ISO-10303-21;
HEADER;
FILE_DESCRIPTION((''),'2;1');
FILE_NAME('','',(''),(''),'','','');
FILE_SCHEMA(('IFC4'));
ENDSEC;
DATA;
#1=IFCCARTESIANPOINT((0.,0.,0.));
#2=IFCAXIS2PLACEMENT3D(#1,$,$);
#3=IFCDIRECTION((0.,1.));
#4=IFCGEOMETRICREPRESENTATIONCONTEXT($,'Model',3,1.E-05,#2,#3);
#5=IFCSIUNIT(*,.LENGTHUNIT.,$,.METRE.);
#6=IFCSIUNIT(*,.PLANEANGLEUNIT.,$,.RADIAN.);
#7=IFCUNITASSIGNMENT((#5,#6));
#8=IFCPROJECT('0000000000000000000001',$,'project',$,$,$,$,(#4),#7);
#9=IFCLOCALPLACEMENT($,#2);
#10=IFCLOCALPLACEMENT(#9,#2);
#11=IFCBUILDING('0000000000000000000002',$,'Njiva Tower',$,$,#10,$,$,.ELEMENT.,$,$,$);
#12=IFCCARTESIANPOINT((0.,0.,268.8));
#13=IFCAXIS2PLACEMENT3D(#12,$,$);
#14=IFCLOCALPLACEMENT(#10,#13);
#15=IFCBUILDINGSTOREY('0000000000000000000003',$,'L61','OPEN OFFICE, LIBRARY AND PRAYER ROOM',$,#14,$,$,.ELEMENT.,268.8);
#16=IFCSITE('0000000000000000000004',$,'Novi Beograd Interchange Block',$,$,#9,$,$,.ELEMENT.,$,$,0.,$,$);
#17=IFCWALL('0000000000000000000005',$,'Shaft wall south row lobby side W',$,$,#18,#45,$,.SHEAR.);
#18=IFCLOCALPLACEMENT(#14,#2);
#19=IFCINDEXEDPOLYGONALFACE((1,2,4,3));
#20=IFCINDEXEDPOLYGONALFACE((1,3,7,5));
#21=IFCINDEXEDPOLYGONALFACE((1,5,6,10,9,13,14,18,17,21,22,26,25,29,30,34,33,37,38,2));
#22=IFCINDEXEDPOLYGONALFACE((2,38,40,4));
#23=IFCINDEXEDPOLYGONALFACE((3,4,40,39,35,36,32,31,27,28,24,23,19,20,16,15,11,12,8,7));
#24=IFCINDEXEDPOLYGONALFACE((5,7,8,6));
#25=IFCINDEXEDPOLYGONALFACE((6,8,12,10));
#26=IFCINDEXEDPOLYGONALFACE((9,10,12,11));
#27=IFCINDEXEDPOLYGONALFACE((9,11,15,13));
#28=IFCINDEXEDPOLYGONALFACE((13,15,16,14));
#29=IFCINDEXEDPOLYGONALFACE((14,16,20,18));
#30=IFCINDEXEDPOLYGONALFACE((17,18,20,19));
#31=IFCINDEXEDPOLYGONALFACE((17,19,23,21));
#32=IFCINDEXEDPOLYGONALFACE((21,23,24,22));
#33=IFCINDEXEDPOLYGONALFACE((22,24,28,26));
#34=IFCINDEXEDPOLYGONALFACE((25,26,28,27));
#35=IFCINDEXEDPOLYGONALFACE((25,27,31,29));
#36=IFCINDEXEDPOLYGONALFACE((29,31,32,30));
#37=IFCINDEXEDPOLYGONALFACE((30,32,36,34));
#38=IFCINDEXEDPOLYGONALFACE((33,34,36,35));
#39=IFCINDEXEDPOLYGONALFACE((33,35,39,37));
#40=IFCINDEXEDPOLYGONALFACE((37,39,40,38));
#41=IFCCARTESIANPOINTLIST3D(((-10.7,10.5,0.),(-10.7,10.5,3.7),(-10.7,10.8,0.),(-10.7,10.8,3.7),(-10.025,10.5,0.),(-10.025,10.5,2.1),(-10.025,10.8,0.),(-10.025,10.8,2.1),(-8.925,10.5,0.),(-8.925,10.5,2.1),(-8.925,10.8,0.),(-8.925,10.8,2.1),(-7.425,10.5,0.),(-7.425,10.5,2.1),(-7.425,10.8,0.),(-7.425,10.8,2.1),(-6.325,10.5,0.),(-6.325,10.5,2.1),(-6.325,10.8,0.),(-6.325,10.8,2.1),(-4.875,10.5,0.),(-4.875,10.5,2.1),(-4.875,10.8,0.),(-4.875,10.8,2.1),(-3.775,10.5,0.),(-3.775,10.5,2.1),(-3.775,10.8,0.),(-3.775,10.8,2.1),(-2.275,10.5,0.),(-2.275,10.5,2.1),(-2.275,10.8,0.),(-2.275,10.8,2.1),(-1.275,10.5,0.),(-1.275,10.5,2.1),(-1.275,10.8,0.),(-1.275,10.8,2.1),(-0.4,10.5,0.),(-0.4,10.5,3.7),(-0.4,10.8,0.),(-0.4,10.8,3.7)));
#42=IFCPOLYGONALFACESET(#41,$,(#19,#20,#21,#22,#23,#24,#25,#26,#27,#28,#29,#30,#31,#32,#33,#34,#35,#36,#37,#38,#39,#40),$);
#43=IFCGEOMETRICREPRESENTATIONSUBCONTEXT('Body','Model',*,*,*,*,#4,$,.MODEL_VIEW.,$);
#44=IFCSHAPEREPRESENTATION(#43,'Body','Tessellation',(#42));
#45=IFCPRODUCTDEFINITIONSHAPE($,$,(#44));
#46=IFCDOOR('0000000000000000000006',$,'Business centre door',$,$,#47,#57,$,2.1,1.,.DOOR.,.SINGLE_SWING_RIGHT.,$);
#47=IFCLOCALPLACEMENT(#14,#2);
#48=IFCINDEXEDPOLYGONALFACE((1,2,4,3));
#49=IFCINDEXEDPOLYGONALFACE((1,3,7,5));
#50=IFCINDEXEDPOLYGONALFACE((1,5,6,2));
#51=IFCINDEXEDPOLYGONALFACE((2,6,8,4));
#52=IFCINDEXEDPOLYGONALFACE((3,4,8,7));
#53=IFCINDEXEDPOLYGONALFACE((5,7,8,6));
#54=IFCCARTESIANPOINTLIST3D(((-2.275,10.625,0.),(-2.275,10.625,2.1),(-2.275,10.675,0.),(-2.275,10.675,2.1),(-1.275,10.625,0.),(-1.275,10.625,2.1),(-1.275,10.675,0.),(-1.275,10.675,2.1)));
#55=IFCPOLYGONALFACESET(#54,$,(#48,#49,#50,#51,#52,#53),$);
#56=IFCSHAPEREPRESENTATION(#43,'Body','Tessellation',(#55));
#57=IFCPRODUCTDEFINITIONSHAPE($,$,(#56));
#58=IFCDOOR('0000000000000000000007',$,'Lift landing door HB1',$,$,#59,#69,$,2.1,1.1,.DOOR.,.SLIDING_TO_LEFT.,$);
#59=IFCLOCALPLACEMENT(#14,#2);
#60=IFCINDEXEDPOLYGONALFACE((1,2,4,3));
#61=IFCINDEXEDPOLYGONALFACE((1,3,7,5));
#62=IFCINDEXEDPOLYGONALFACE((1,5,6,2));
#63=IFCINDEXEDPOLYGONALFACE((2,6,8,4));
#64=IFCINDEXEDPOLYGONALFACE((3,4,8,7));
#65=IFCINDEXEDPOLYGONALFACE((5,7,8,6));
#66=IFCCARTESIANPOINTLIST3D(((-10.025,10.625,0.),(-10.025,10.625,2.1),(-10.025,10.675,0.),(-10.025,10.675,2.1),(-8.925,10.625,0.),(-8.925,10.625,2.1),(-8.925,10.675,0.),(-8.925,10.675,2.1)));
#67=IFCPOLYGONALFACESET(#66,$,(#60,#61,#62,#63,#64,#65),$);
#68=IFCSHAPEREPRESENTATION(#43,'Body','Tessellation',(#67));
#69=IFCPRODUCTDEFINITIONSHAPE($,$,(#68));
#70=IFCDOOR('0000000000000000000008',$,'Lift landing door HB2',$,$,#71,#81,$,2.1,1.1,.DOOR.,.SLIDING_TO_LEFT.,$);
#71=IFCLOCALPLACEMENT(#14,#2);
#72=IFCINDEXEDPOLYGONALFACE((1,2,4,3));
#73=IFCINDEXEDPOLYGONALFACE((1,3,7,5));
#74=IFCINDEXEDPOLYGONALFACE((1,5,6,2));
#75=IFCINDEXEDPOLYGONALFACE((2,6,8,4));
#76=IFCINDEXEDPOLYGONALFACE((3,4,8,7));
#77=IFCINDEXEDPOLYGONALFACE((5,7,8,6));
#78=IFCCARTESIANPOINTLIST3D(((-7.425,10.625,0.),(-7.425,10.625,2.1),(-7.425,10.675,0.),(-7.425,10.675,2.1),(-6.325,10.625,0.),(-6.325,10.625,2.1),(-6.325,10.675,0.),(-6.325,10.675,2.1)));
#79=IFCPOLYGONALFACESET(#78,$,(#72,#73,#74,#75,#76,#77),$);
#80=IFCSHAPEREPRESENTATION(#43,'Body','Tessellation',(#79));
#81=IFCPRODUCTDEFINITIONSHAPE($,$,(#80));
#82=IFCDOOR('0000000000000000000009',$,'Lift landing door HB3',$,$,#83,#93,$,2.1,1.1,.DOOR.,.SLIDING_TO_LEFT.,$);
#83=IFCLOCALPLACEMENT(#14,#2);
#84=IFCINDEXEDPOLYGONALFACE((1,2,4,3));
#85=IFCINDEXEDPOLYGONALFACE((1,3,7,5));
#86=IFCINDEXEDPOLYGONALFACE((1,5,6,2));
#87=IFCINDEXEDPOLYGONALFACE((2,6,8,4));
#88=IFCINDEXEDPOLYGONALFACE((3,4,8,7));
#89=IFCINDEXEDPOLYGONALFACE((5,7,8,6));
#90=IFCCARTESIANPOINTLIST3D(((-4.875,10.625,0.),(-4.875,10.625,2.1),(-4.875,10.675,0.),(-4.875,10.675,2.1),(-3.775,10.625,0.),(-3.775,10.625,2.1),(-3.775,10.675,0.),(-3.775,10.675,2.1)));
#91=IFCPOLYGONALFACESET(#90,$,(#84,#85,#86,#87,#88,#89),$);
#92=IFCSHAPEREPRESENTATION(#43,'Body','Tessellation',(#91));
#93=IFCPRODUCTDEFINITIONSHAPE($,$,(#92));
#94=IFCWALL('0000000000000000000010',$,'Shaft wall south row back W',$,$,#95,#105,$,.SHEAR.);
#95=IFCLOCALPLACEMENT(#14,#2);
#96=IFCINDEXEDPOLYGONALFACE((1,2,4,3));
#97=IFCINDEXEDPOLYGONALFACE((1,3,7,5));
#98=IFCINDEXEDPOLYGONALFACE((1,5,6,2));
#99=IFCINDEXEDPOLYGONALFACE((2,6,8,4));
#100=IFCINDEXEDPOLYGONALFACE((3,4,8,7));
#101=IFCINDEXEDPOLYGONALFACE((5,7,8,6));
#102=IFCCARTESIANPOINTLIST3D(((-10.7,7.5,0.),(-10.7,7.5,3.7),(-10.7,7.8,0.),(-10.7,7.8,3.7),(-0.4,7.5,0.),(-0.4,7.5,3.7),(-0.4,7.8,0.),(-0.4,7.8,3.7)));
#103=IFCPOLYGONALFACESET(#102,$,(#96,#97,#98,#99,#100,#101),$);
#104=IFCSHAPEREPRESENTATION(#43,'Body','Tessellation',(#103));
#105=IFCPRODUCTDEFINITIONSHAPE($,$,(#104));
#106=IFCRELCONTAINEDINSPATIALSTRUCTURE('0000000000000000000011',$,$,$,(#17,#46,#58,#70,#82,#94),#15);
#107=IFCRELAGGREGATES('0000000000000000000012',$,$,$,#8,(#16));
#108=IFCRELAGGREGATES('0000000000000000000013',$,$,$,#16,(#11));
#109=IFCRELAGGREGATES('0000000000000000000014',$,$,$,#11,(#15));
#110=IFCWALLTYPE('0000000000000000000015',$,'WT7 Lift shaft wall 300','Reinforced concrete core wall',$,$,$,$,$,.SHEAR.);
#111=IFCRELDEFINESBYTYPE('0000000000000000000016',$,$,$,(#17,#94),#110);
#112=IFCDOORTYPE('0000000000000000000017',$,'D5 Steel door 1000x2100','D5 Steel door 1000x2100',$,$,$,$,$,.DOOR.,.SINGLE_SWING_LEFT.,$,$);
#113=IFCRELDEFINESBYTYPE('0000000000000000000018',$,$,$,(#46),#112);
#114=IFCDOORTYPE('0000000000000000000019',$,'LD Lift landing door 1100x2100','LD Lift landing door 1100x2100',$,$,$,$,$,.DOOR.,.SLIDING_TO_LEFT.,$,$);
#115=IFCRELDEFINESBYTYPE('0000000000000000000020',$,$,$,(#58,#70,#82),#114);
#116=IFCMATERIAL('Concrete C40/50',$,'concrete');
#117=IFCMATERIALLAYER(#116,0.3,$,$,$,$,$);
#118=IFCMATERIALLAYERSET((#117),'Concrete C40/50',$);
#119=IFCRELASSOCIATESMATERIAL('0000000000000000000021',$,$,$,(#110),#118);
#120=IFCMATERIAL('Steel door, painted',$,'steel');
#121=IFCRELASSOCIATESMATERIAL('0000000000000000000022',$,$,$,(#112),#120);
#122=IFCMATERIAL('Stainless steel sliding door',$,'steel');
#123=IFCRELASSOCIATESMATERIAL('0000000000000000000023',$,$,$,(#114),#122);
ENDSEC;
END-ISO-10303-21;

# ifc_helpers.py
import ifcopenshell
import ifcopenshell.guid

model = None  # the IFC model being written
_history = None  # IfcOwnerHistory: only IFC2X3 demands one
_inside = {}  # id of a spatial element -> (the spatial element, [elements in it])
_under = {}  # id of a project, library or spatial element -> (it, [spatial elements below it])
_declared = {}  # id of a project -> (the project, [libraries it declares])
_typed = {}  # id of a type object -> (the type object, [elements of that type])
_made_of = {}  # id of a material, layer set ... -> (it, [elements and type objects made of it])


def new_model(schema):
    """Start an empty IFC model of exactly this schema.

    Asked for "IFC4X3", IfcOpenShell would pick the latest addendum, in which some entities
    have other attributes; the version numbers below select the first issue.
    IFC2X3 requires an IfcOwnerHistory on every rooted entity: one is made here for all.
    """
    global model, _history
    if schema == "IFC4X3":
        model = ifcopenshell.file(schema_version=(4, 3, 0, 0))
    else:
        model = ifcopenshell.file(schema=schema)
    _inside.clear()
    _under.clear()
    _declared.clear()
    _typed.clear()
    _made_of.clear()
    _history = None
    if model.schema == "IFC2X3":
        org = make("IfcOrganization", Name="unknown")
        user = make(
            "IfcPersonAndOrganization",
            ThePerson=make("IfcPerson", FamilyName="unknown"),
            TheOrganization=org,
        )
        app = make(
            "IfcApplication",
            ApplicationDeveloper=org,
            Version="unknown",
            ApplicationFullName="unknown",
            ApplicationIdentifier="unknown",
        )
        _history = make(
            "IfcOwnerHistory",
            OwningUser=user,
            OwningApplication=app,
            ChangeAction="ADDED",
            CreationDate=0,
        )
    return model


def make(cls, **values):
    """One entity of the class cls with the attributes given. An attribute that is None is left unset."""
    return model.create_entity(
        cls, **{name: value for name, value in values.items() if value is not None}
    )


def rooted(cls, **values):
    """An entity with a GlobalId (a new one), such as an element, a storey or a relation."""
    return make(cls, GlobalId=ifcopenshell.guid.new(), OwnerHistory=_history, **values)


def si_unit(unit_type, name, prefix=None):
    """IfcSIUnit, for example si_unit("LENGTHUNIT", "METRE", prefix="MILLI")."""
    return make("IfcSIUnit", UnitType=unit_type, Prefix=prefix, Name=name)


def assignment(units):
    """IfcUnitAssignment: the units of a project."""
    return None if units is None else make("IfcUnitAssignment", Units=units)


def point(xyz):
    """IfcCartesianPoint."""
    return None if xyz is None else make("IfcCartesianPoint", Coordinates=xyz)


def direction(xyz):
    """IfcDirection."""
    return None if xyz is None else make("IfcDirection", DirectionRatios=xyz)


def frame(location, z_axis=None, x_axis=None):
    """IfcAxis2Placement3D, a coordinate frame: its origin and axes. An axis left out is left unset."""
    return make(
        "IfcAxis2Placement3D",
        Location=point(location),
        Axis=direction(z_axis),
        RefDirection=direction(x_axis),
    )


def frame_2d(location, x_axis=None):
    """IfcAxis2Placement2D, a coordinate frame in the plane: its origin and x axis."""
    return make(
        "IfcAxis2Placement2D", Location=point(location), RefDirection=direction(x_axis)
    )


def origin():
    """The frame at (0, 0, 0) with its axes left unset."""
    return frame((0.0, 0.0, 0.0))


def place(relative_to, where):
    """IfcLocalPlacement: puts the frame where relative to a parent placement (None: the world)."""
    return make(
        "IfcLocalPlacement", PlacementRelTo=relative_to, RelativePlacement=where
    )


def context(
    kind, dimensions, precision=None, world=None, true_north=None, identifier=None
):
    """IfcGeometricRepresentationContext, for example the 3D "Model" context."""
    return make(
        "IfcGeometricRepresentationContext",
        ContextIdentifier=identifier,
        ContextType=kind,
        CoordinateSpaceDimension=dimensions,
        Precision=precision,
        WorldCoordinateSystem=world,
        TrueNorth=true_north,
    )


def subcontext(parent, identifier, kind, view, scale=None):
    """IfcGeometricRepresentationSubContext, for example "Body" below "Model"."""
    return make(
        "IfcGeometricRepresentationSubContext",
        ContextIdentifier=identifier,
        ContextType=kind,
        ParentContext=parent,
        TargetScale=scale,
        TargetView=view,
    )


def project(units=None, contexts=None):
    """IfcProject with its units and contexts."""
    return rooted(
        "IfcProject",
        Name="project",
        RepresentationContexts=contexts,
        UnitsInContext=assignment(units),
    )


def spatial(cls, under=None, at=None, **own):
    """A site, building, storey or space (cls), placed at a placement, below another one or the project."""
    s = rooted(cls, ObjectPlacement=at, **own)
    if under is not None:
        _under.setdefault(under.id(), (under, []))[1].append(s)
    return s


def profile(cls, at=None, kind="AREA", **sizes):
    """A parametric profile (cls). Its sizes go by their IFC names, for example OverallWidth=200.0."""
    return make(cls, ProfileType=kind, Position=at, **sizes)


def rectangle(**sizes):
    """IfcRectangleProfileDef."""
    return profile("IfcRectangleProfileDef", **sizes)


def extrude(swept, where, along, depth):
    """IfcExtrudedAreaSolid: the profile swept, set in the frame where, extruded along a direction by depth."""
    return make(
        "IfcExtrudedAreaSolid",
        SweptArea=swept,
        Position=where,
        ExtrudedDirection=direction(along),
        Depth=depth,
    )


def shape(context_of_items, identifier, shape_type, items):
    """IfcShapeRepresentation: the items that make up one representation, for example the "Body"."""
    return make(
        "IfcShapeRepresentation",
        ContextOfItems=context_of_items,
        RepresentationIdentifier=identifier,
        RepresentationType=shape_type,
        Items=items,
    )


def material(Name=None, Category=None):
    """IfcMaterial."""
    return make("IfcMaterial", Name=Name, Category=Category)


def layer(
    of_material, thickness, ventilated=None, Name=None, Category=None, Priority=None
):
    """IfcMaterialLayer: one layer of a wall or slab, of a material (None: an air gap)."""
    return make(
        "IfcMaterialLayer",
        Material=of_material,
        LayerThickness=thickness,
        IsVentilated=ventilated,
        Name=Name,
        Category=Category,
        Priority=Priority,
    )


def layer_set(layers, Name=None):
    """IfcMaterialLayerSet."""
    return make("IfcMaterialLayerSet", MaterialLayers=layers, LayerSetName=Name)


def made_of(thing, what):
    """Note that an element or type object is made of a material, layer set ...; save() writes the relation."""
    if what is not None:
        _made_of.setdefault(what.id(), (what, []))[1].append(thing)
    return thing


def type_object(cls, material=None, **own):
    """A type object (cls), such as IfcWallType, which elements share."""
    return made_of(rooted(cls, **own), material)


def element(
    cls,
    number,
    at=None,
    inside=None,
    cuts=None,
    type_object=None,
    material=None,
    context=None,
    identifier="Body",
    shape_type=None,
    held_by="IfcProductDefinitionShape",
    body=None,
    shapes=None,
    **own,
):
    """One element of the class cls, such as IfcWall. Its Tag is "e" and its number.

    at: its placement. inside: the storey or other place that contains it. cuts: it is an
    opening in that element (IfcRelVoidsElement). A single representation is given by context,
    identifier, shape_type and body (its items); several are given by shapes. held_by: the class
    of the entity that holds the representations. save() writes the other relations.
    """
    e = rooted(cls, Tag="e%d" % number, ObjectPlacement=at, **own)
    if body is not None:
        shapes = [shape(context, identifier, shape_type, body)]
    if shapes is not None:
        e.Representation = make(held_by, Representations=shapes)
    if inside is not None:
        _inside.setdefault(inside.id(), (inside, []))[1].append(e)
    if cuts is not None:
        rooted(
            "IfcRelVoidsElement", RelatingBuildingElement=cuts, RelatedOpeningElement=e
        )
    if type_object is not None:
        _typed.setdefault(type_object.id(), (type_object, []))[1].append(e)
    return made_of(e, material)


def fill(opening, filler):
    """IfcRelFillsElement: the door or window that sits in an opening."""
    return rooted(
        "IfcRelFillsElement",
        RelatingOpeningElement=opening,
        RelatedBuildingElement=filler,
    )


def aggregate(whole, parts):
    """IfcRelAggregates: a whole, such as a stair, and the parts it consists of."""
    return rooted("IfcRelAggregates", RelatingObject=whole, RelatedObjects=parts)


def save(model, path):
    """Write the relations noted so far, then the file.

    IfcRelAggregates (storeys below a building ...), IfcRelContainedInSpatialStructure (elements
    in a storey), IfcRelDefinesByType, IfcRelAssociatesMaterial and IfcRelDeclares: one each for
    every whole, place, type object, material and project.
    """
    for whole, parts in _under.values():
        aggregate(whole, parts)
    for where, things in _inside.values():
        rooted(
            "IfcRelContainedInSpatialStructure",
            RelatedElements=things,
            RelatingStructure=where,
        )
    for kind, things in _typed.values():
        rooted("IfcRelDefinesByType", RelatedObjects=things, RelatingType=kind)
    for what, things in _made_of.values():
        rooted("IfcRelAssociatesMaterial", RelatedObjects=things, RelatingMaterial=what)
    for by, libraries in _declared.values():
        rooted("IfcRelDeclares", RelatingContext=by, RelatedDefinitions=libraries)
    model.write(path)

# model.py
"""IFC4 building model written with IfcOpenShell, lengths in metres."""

from ifc_helpers import new_model, si_unit, direction, frame, frame_2d, origin, place, context, subcontext, project, spatial, rectangle, extrude, material, layer, layer_set, type_object, element, fill, save


model = new_model("IFC4")

# Units and contexts
model_context = context("Model", 3, precision=1e-05, world=origin(), true_north=direction((0.0, 1.0)))
body_context = subcontext(model_context, "Body", "Model", "MODEL_VIEW")
ifc_project = project(units=[si_unit("LENGTHUNIT", "METRE"), si_unit("PLANEANGLEUNIT", "RADIAN")], contexts=[model_context])

# Site, building, storey
site_placement = place(None, origin())
site = spatial("IfcSite", under=ifc_project, at=site_placement, Name="Novi Beograd Interchange Block", CompositionType="ELEMENT", RefElevation=0.0)
building_placement = place(site_placement, origin())
building = spatial("IfcBuilding", under=site, at=building_placement, Name="Njiva Tower", CompositionType="ELEMENT")
storey_placement = place(building_placement, frame((0.0, 0.0, 268.8)))
storey = spatial("IfcBuildingStorey", under=building, at=storey_placement, Name="L61", Description="OPEN OFFICE, LIBRARY AND PRAYER ROOM", CompositionType="ELEMENT", Elevation=268.8)

# Shared definitions
ifc_material_1 = material(Name="Concrete C40/50", Category="concrete")
ifc_material_2 = material(Name="Steel door, painted", Category="steel")

# Wall, openings, doors
ifc_layer_1 = layer(ifc_material_1, 0.3)
ifc_layer_set_1 = layer_set([ifc_layer_1], Name="Concrete C40/50")
wall_type_1 = type_object("IfcWallType", Name="WT7 Lift shaft wall 300", Description="Reinforced concrete core wall", PredefinedType="SHEAR", material=ifc_layer_set_1)
wall_1_placement = place(storey_placement, frame((-10.7, 10.65, 0.0), z_axis=(0.0, 0.0, 1.0), x_axis=(1.0, 0.0, 0.0)))
wall_1 = element("IfcWall", 1, at=wall_1_placement, inside=storey, type_object=wall_type_1, Name="Shaft wall south row lobby side W", PredefinedType="SHEAR", context=body_context, shape_type="SweptSolid", body=[
    extrude(rectangle(XDim=10.3, YDim=0.3, at=frame_2d((5.15, 0.0))), origin(), (0.0, 0.0, 1.0), 3.7),
])
opening_1_placement = place(wall_1_placement, frame((0.675, 0.0, 0.0)))
opening_1 = element("IfcOpeningElement", 2, at=opening_1_placement, cuts=wall_1, PredefinedType="OPENING", context=body_context, shape_type="SweptSolid", body=[
    extrude(rectangle(XDim=1.1, YDim=2.1, at=frame_2d((0.55, 1.05))), frame((0.0, 0.16, 0.0), z_axis=(0.0, -1.0, 0.0), x_axis=(1.0, 0.0, 0.0)), (0.0, 0.0, 1.0), 0.32),
])
opening_2_placement = place(wall_1_placement, frame((3.275, 0.0, 0.0)))
opening_2 = element("IfcOpeningElement", 3, at=opening_2_placement, cuts=wall_1, PredefinedType="OPENING", context=body_context, shape_type="SweptSolid", body=[
    extrude(rectangle(XDim=1.1, YDim=2.1, at=frame_2d((0.55, 1.05))), frame((0.0, 0.16, 0.0), z_axis=(0.0, -1.0, 0.0), x_axis=(1.0, 0.0, 0.0)), (0.0, 0.0, 1.0), 0.32),
])
opening_3_placement = place(wall_1_placement, frame((5.825, 0.0, 0.0)))
opening_3 = element("IfcOpeningElement", 4, at=opening_3_placement, cuts=wall_1, PredefinedType="OPENING", context=body_context, shape_type="SweptSolid", body=[
    extrude(rectangle(XDim=1.1, YDim=2.1, at=frame_2d((0.55, 1.05))), frame((0.0, 0.16, 0.0), z_axis=(0.0, -1.0, 0.0), x_axis=(1.0, 0.0, 0.0)), (0.0, 0.0, 1.0), 0.32),
])
opening_4_placement = place(wall_1_placement, frame((8.425, 0.0, 0.0)))
opening_4 = element("IfcOpeningElement", 5, at=opening_4_placement, cuts=wall_1, PredefinedType="OPENING", context=body_context, shape_type="SweptSolid", body=[
    extrude(rectangle(XDim=1.0, YDim=2.1, at=frame_2d((0.5, 1.05))), frame((0.0, 0.16, 0.0), z_axis=(0.0, -1.0, 0.0), x_axis=(1.0, 0.0, 0.0)), (0.0, 0.0, 1.0), 0.32),
])
door_type_1 = type_object("IfcDoorType", Name="D5 Steel door 1000x2100", Description="D5 Steel door 1000x2100", OperationType="SINGLE_SWING_LEFT", PredefinedType="DOOR", material=ifc_material_2)
door_1_placement = place(opening_4_placement, origin())
door_1 = element("IfcDoor", 6, at=door_1_placement, inside=storey, type_object=door_type_1, Name="Business centre door", OperationType="SINGLE_SWING_RIGHT", OverallHeight=2.1, OverallWidth=1.0, PredefinedType="DOOR", context=body_context, shape_type="SweptSolid", body=[
    extrude(rectangle(XDim=1.0, YDim=2.1, at=frame_2d((0.5, 1.05))), frame((0.0, 0.025, 0.0), z_axis=(0.0, -1.0, 0.0), x_axis=(1.0, 0.0, 0.0)), (0.0, 0.0, 1.0), 0.05),
])
fill(opening_4, door_1)
ifc_material_3 = material(Name="Stainless steel sliding door", Category="steel")
door_type_2 = type_object("IfcDoorType", Name="LD Lift landing door 1100x2100", Description="LD Lift landing door 1100x2100", OperationType="SLIDING_TO_LEFT", PredefinedType="DOOR", material=ifc_material_3)
door_2_placement = place(opening_1_placement, origin())
door_2 = element("IfcDoor", 7, at=door_2_placement, inside=storey, type_object=door_type_2, Name="Lift landing door HB1", OperationType="SLIDING_TO_LEFT", OverallHeight=2.1, OverallWidth=1.1, PredefinedType="DOOR", context=body_context, shape_type="SweptSolid", body=[
    extrude(rectangle(XDim=1.1, YDim=2.1, at=frame_2d((0.55, 1.05))), frame((0.0, 0.025, 0.0), z_axis=(0.0, -1.0, 0.0), x_axis=(1.0, 0.0, 0.0)), (0.0, 0.0, 1.0), 0.05),
])
fill(opening_1, door_2)
door_3_placement = place(opening_2_placement, origin())
door_3 = element("IfcDoor", 8, at=door_3_placement, inside=storey, type_object=door_type_2, Name="Lift landing door HB2", OperationType="SLIDING_TO_LEFT", OverallHeight=2.1, OverallWidth=1.1, PredefinedType="DOOR", context=body_context, shape_type="SweptSolid", body=[
    extrude(rectangle(XDim=1.1, YDim=2.1, at=frame_2d((0.55, 1.05))), frame((0.0, 0.025, 0.0), z_axis=(0.0, -1.0, 0.0), x_axis=(1.0, 0.0, 0.0)), (0.0, 0.0, 1.0), 0.05),
])
fill(opening_2, door_3)
door_4_placement = place(opening_3_placement, origin())
door_4 = element("IfcDoor", 9, at=door_4_placement, inside=storey, type_object=door_type_2, Name="Lift landing door HB3", OperationType="SLIDING_TO_LEFT", OverallHeight=2.1, OverallWidth=1.1, PredefinedType="DOOR", context=body_context, shape_type="SweptSolid", body=[
    extrude(rectangle(XDim=1.1, YDim=2.1, at=frame_2d((0.55, 1.05))), frame((0.0, 0.025, 0.0), z_axis=(0.0, -1.0, 0.0), x_axis=(1.0, 0.0, 0.0)), (0.0, 0.0, 1.0), 0.05),
])
fill(opening_3, door_4)

# Wall
wall_2_placement = place(storey_placement, frame((-10.7, 7.65, 0.0), z_axis=(0.0, 0.0, 1.0), x_axis=(1.0, 0.0, 0.0)))
element("IfcWall", 10, at=wall_2_placement, inside=storey, type_object=wall_type_1, Name="Shaft wall south row back W", PredefinedType="SHEAR", context=body_context, shape_type="SweptSolid", body=[
    extrude(rectangle(XDim=10.3, YDim=0.3, at=frame_2d((5.15, 0.0))), origin(), (0.0, 0.0, 1.0), 3.7),
])

save(model, "model.ifc")
